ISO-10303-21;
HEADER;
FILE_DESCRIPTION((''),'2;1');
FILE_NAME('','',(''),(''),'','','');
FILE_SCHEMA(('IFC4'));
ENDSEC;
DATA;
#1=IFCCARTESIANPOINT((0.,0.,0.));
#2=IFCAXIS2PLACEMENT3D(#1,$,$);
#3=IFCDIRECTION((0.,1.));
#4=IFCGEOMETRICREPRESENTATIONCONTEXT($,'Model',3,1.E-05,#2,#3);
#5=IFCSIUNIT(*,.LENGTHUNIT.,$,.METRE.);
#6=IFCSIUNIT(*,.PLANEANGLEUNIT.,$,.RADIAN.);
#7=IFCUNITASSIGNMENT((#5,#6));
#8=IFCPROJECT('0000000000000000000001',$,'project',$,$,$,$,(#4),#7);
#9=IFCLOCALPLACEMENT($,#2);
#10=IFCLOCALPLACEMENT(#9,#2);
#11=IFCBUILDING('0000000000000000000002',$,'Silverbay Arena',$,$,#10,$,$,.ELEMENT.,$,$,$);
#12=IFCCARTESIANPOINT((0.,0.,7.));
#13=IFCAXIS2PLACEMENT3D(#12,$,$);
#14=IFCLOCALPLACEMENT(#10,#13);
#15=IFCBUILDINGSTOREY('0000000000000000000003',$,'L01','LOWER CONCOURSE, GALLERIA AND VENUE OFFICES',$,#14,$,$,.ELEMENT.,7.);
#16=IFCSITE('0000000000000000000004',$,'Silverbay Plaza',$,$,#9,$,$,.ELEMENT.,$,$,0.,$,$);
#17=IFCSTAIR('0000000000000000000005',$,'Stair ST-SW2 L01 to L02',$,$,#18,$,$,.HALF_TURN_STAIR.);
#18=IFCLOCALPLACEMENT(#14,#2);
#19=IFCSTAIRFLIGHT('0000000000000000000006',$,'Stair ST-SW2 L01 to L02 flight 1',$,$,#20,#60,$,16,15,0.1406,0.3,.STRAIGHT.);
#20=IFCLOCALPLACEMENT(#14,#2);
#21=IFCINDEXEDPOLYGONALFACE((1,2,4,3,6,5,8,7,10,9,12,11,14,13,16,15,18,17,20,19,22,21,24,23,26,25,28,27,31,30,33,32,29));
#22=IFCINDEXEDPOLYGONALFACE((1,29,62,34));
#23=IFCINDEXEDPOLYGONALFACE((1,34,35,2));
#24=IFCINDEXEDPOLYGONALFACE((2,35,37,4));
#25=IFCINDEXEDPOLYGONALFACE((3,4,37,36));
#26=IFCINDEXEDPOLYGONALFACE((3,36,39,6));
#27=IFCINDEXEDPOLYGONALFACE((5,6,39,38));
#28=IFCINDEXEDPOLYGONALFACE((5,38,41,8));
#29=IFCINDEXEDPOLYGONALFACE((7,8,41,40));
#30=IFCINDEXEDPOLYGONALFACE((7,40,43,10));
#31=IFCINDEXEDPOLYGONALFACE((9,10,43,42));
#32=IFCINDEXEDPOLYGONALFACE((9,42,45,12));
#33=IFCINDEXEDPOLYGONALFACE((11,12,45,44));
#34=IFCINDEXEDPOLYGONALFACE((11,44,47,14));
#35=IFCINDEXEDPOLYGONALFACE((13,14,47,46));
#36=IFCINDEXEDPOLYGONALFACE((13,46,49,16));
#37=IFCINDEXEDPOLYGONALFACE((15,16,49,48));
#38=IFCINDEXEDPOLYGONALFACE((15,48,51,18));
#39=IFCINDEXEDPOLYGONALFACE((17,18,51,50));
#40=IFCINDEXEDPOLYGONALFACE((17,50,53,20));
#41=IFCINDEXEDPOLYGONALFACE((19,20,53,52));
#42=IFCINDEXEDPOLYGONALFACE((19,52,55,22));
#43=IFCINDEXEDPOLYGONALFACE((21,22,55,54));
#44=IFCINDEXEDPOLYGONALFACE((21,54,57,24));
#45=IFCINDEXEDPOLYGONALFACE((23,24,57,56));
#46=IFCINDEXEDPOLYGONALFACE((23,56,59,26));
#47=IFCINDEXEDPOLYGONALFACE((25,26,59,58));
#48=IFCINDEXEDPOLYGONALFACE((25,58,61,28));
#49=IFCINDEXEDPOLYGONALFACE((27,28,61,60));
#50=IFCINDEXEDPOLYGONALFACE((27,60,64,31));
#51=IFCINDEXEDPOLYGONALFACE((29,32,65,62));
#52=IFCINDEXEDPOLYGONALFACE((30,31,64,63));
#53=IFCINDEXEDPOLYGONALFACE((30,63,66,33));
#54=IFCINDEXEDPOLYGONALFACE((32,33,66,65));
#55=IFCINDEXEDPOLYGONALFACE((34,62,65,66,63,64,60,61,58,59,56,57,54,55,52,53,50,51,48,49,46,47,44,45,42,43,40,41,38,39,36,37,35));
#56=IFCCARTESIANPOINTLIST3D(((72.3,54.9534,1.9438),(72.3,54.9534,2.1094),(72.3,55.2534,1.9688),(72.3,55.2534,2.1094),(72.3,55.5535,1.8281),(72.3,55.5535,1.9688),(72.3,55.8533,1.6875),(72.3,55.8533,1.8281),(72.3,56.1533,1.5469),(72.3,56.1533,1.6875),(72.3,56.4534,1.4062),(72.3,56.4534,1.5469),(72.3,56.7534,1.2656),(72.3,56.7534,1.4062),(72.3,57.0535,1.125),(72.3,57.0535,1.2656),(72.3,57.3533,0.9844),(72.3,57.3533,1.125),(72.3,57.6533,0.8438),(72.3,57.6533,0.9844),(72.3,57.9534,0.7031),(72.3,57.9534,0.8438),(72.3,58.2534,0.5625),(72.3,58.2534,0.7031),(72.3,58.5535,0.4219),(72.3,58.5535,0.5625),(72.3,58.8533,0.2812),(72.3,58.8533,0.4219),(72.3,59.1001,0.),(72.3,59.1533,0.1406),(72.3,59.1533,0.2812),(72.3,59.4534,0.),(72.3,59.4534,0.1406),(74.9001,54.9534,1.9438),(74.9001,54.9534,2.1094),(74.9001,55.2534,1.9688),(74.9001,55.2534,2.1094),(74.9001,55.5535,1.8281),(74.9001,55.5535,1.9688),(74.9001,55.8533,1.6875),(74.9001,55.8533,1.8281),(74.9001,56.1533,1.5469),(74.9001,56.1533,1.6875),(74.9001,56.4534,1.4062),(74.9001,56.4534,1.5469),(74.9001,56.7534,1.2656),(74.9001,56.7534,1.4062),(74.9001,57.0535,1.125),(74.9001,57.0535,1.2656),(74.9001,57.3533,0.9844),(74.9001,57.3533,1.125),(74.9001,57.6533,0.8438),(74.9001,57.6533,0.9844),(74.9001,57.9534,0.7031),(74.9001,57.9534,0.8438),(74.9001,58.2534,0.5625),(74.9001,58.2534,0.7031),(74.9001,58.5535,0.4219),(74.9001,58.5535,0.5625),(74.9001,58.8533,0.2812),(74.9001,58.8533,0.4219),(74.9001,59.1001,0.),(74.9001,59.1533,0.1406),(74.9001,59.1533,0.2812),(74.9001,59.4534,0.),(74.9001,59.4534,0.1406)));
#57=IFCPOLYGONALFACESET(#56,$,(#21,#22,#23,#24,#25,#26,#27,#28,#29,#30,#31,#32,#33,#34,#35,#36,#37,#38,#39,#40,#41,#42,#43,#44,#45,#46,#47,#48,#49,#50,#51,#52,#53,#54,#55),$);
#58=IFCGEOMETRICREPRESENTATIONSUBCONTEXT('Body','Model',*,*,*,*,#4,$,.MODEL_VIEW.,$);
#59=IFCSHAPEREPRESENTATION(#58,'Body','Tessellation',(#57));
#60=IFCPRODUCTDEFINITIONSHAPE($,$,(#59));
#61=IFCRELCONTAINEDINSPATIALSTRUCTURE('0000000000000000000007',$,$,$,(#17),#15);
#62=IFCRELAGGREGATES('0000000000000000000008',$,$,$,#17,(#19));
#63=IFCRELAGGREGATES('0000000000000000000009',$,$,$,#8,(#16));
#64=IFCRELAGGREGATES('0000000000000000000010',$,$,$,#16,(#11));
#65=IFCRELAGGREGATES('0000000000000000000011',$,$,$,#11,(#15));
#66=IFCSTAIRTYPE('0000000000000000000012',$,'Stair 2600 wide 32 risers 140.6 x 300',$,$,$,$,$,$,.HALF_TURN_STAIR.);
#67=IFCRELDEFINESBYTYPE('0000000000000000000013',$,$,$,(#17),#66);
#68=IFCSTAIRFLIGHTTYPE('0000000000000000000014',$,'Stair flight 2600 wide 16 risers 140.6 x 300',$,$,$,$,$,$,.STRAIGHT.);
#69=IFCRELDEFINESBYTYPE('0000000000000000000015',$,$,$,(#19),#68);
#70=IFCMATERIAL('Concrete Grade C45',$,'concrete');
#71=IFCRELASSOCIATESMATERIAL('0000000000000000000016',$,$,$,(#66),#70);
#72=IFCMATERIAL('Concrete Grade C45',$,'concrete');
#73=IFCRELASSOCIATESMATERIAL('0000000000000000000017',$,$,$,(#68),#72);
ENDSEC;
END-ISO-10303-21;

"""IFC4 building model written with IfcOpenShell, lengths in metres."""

from ifc_helpers import new_model, si_unit, direction, frame, origin, place, context, subcontext, project, spatial, polyline, outline, extrude, material, type_object, element, aggregate, save


model = new_model("IFC4")

# Units and contexts
model_context = context("Model", 3, precision=1e-05, world=origin(), true_north=direction((0.0, 1.0)))
body_context = subcontext(model_context, "Body", "Model", "MODEL_VIEW")
ifc_project = project(units=[si_unit("LENGTHUNIT", "METRE"), si_unit("PLANEANGLEUNIT", "RADIAN")], contexts=[model_context])

# Site, building, storey
site_placement = place(None, origin())
site = spatial("IfcSite", under=ifc_project, at=site_placement, Name="Silverbay Plaza", CompositionType="ELEMENT", RefElevation=0.0)
building_placement = place(site_placement, origin())
building = spatial("IfcBuilding", under=site, at=building_placement, Name="Silverbay Arena", CompositionType="ELEMENT")
storey_placement = place(building_placement, frame((0.0, 0.0, 7.0)))
storey = spatial("IfcBuildingStorey", under=building, at=storey_placement, Name="L01", Description="LOWER CONCOURSE, GALLERIA AND VENUE OFFICES", CompositionType="ELEMENT", Elevation=7.0)

# Shared definitions
ifc_material_1 = material(Name="Concrete Grade C45", Category="concrete")
stair_type = type_object("IfcStairType", Name="Stair 2600 wide 32 risers 140.6 x 300", PredefinedType="HALF_TURN_STAIR", material=ifc_material_1)
ifc_material_2 = material(Name="Concrete Grade C45", Category="concrete")
stair_flight_type = type_object("IfcStairFlightType", Name="Stair flight 2600 wide 16 risers 140.6 x 300", PredefinedType="STRAIGHT", material=ifc_material_2)

# Stair, stair flight
stair_1_placement = place(storey_placement, origin())
stair_1 = element("IfcStair", 1, at=stair_1_placement, inside=storey, type_object=stair_type, Name="Stair ST-SW2 L01 to L02", PredefinedType="HALF_TURN_STAIR")
stair_flight_1_placement = place(storey_placement, frame((73.6001, 59.4534, 0.0), z_axis=(0.0, 0.0, 1.0), x_axis=(0.0, -1.0, 0.0)))
stair_flight_1 = element("IfcStairFlight", 2, at=stair_flight_1_placement, type_object=stair_flight_type, Name="Stair ST-SW2 L01 to L02 flight 1", NumberOfRisers=16, NumberOfTreads=15, PredefinedType="STRAIGHT", RiserHeight=0.1406, TreadLength=0.3, context=body_context, shape_type="SweptSolid", body=[
    extrude(outline(polyline([(0.0, 0.0), (0.0, 0.1406), (0.3, 0.1406), (0.3, 0.2812), (0.6001, 0.2812), (0.6001, 0.4219), (0.8999, 0.4219), (0.8999, 0.5625), (1.2, 0.5625), (1.2, 0.7031), (1.5, 0.7031), (1.5, 0.8438), (1.8, 0.8438), (1.8, 0.9844), (2.1001, 0.9844), (2.1001, 1.125), (2.3999, 1.125), (2.3999, 1.2656), (2.7, 1.2656), (2.7, 1.4062), (3.0, 1.4062), (3.0, 1.5469), (3.3, 1.5469), (3.3, 1.6875), (3.6001, 1.6875), (3.6001, 1.8281), (3.8999, 1.8281), (3.8999, 1.9688), (4.2, 1.9688), (4.2, 2.1094), (4.5, 2.1094), (4.5, 1.9438), (0.3533, 0.0), (0.0, 0.0)])), frame((0.0, 1.3, 0.0), z_axis=(0.0, -1.0, 0.0), x_axis=(1.0, 0.0, 0.0)), (0.0, 0.0, 1.0), 2.6001),
])
aggregate(stair_1, [stair_flight_1])

save(model, "model.ifc")
